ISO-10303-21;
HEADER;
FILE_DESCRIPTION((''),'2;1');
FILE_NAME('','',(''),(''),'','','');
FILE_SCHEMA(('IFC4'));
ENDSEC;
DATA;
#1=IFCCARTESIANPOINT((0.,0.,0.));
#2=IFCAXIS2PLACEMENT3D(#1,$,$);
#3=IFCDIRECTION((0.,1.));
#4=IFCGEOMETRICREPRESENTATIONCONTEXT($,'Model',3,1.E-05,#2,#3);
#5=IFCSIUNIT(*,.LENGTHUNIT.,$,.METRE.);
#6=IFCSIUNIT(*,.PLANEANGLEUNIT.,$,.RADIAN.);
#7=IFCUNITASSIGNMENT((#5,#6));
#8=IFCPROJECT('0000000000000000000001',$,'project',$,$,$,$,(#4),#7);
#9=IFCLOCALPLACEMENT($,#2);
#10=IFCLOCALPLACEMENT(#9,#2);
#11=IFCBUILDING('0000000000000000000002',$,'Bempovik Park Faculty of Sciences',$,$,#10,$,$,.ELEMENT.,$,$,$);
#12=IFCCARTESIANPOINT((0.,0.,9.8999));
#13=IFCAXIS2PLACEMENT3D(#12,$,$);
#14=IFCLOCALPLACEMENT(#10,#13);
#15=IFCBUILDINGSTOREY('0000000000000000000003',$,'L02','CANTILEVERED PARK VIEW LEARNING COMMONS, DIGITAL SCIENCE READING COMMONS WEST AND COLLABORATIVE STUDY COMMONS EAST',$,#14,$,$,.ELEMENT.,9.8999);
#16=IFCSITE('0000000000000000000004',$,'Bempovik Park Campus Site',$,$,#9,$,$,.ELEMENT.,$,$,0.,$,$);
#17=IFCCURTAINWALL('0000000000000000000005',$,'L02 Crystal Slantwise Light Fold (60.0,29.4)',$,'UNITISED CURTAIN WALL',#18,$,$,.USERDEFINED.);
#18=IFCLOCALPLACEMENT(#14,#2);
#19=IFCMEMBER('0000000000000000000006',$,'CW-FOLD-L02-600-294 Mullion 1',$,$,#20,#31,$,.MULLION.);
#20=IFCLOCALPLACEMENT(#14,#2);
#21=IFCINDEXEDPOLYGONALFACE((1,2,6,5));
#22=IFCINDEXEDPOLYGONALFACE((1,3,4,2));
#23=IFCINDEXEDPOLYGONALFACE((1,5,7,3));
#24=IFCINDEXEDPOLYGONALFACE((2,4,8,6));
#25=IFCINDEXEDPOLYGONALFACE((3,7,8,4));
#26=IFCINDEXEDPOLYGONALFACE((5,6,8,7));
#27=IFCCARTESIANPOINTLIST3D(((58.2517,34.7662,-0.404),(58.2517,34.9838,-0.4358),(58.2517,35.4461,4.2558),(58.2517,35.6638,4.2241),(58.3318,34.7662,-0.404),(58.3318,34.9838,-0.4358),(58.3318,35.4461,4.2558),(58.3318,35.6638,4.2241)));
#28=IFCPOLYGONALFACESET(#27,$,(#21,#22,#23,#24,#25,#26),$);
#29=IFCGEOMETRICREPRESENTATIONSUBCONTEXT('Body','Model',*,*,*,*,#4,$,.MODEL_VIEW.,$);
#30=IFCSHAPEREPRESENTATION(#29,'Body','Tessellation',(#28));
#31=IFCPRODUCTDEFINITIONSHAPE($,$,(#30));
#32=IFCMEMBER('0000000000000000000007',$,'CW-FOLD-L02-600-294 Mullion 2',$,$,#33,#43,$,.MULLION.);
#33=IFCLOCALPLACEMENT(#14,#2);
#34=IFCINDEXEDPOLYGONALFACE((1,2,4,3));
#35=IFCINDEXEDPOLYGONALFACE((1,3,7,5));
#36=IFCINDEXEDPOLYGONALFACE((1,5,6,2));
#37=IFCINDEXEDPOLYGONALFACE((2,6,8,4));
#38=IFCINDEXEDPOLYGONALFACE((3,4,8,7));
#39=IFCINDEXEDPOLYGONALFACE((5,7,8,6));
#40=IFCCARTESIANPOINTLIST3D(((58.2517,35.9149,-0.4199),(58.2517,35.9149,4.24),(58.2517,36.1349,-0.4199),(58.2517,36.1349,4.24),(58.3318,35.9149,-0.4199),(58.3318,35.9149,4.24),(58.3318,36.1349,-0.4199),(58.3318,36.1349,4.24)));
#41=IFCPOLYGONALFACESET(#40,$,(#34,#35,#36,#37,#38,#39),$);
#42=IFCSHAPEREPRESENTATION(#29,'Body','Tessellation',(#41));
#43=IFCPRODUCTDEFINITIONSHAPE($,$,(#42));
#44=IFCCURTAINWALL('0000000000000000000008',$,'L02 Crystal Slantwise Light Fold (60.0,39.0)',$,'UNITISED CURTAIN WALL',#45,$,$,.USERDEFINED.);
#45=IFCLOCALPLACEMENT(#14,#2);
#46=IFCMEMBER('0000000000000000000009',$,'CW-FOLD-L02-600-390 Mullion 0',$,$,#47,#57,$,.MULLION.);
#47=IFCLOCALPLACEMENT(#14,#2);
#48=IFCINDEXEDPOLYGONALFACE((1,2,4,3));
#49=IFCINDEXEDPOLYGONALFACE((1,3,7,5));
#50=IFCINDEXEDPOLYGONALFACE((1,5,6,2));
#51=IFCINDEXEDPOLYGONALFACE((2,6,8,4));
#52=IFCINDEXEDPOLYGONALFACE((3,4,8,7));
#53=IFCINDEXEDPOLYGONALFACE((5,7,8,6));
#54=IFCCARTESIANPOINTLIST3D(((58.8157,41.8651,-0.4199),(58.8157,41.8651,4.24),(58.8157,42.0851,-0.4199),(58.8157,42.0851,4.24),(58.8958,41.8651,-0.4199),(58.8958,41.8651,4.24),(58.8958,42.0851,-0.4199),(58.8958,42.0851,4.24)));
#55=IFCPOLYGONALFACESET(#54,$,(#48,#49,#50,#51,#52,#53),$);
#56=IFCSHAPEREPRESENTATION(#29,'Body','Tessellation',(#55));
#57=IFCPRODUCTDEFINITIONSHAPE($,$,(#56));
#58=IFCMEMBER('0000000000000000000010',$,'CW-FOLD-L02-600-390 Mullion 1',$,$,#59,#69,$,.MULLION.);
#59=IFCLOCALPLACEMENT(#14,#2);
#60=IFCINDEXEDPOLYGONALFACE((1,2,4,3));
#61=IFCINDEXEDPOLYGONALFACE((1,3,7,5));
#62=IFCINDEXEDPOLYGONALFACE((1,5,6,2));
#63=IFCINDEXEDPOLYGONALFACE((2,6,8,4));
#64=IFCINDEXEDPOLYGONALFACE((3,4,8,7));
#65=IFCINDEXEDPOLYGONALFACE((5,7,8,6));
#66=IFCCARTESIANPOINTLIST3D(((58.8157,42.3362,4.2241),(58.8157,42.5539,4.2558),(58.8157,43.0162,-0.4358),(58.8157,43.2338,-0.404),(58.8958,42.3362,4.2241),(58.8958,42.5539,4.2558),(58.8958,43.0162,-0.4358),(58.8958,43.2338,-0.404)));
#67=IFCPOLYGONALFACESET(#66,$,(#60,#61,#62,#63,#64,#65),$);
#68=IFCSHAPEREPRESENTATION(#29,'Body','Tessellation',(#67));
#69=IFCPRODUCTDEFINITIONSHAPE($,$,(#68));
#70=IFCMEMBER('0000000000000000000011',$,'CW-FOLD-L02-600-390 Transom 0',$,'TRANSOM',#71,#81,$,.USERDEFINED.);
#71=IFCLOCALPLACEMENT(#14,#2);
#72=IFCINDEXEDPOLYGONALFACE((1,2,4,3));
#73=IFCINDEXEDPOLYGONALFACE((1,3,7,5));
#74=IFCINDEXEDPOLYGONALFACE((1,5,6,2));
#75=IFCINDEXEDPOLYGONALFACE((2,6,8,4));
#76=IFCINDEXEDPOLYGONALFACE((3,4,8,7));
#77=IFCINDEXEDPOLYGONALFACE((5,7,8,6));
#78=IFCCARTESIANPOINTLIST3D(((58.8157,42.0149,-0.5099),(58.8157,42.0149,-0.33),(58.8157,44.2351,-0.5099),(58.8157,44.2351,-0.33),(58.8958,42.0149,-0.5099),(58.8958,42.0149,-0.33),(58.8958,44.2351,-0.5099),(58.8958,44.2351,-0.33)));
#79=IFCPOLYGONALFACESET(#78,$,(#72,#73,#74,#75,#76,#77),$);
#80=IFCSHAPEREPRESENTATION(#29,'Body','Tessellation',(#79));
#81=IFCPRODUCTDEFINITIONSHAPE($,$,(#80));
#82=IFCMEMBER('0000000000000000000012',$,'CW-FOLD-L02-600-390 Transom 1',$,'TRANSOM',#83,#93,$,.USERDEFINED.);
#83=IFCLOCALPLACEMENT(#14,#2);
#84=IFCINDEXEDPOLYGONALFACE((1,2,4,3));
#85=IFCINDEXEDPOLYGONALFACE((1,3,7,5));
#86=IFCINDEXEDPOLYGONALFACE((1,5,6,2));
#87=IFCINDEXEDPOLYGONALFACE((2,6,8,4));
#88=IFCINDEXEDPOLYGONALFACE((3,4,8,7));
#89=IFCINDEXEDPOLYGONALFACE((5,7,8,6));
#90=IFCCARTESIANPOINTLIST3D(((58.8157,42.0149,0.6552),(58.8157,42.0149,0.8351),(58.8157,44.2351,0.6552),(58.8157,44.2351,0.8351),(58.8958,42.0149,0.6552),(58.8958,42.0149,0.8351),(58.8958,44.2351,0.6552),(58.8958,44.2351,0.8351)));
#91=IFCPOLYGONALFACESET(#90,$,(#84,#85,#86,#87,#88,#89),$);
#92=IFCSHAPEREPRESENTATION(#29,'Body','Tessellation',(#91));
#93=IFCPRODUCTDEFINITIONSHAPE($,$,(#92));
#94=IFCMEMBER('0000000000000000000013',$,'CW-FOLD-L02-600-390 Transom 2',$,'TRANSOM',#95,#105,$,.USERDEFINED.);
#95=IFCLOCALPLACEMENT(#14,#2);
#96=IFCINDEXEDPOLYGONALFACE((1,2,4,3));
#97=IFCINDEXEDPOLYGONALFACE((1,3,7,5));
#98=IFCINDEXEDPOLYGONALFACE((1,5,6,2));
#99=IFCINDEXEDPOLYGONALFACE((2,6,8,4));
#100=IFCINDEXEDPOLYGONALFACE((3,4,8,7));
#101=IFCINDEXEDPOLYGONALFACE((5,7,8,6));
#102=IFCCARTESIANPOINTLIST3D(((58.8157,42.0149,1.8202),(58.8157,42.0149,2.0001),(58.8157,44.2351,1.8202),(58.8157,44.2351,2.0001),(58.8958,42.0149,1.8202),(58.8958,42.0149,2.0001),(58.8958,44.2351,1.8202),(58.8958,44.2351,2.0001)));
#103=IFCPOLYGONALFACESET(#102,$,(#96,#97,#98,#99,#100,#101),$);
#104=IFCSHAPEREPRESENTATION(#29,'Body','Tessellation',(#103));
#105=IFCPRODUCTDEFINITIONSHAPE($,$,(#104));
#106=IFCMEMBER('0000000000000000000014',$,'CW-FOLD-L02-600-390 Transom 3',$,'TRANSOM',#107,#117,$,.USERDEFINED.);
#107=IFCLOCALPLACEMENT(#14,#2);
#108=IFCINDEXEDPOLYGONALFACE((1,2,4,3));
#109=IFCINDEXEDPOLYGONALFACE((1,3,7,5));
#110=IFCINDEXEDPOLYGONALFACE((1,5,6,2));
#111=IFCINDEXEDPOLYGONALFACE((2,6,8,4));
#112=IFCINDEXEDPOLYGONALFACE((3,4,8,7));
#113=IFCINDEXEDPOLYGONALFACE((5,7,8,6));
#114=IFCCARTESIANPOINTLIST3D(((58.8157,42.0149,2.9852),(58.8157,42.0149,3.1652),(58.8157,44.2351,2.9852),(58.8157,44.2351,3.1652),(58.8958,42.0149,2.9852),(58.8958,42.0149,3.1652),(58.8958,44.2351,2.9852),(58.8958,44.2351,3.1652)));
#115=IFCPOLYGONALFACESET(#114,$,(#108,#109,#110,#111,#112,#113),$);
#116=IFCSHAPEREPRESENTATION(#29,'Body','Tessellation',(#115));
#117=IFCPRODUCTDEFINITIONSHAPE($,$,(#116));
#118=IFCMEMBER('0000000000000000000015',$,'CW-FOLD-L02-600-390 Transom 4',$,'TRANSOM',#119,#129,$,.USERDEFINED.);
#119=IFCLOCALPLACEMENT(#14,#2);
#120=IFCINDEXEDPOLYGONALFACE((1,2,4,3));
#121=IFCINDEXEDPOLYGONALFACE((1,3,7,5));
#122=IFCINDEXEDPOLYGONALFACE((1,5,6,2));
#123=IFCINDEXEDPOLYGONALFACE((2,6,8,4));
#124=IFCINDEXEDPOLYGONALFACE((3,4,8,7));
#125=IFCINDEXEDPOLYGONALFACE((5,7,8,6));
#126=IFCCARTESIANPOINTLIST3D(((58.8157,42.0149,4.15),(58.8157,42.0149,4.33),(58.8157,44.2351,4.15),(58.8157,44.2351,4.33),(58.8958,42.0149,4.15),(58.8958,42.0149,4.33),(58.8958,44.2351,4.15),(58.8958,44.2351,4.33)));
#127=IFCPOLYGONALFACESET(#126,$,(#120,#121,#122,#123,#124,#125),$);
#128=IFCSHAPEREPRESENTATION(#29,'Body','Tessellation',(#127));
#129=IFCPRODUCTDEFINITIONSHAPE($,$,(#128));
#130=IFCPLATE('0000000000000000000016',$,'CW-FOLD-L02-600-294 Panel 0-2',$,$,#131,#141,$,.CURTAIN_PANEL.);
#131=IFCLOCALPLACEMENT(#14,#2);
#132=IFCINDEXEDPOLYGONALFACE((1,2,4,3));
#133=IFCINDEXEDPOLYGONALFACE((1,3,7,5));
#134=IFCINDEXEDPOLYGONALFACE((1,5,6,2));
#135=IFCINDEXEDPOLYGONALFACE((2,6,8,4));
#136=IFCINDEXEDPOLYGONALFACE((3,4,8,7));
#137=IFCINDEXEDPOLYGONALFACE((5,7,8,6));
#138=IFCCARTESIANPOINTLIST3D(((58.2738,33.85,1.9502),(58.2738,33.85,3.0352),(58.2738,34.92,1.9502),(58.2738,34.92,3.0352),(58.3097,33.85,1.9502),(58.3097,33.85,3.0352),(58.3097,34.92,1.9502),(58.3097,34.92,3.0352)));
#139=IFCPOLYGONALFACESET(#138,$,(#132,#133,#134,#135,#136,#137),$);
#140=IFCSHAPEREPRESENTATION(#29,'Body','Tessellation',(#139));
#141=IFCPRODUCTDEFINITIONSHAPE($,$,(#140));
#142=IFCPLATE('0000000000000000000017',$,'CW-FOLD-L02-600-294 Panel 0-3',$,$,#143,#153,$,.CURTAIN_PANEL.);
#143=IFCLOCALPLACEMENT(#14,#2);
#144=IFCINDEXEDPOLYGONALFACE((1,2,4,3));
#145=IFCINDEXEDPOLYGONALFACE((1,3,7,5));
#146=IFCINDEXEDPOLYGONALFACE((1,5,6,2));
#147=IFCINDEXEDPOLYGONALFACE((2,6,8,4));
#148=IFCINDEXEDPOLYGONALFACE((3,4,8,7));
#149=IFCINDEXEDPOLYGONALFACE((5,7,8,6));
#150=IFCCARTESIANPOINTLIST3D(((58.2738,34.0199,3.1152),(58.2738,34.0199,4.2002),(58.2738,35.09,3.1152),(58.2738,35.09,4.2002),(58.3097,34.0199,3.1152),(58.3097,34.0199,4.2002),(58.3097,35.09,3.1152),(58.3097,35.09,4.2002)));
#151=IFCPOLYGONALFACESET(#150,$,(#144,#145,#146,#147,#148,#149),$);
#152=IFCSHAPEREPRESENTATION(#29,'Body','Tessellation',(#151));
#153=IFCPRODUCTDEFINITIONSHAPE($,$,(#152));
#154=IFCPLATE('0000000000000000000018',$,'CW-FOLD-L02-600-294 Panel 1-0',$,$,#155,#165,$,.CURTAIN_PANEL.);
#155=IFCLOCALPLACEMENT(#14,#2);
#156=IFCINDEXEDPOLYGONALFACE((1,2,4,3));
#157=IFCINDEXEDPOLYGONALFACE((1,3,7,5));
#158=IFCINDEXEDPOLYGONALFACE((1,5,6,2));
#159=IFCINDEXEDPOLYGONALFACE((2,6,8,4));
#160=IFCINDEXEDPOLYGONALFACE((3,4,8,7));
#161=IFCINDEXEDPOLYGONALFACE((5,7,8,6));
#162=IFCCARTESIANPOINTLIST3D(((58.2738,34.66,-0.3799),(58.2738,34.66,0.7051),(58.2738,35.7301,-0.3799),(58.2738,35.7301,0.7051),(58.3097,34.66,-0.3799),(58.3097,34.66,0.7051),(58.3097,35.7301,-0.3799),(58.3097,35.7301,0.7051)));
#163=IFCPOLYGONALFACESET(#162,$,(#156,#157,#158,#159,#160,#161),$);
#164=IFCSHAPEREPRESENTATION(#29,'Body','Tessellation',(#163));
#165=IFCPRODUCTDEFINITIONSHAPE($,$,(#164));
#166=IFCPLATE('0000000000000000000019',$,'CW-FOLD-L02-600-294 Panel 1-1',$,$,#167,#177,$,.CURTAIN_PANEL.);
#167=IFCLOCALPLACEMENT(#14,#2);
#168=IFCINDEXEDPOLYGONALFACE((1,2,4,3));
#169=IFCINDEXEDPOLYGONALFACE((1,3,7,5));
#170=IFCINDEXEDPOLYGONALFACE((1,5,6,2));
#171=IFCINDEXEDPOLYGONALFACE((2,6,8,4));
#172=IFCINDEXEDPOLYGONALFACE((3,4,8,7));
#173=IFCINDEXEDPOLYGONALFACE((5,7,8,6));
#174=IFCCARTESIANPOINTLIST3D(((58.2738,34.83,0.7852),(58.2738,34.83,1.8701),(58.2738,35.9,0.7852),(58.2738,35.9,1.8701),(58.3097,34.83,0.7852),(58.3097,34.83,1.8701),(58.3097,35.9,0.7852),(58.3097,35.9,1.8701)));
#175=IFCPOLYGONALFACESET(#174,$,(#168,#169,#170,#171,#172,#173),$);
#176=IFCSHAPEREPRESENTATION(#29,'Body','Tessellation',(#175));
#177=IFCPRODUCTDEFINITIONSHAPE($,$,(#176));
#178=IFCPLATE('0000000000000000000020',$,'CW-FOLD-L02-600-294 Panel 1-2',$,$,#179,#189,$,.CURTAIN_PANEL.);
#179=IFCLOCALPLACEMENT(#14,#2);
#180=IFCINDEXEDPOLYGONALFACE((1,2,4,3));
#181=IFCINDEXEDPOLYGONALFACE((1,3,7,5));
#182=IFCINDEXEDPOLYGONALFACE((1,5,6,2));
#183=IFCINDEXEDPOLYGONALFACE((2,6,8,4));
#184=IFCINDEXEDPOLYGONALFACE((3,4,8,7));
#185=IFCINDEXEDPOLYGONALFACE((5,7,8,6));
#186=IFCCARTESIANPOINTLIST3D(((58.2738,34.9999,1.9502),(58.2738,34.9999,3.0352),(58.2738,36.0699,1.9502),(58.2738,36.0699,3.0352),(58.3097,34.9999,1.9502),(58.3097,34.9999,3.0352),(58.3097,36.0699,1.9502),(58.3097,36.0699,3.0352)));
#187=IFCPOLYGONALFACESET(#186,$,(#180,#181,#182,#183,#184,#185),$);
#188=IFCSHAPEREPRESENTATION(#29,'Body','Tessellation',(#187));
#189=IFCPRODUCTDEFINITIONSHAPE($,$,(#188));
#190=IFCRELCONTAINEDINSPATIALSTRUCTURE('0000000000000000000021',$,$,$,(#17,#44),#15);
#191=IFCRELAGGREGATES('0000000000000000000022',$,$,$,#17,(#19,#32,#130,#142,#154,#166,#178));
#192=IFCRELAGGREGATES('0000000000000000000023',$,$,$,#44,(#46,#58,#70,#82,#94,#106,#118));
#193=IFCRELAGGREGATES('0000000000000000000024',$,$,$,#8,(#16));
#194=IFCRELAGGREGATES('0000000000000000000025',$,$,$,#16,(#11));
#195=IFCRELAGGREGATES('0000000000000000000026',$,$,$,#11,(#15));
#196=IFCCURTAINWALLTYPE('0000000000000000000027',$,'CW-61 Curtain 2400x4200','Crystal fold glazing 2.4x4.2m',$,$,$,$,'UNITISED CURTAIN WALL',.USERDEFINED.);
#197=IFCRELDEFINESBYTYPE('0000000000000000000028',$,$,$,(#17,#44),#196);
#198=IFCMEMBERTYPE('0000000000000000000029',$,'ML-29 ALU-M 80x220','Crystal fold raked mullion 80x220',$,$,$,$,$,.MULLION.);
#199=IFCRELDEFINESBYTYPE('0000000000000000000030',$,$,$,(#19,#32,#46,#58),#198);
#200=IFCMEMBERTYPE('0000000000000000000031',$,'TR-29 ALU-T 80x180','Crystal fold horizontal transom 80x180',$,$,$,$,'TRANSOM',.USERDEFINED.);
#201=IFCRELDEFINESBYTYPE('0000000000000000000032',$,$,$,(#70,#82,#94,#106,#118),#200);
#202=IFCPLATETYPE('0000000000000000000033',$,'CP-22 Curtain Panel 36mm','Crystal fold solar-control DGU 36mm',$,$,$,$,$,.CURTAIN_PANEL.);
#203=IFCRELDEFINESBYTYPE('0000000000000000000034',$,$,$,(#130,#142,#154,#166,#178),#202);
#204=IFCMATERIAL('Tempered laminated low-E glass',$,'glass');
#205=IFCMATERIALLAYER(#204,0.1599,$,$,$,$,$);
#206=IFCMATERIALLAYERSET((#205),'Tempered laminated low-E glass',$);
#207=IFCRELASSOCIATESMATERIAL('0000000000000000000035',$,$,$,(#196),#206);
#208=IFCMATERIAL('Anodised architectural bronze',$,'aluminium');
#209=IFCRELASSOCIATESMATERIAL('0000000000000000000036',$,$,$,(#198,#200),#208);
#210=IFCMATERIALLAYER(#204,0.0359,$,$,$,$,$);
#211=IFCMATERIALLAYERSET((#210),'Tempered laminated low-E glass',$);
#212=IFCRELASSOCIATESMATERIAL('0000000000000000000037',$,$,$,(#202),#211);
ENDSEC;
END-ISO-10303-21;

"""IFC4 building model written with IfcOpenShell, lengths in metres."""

from ifc_helpers import new_model, si_unit, direction, frame, origin, origin_2d, place, context, subcontext, project, spatial, rectangle, extrude, material, layer, layer_set, material_profile, profile_set, type_object, element, aggregate, save


model = new_model("IFC4")

# Units and contexts
model_context = context("Model", 3, precision=1e-05, world=origin(), true_north=direction((0.0, 1.0)))
body_context = subcontext(model_context, "Body", "Model", "MODEL_VIEW")
ifc_project = project(units=[si_unit("LENGTHUNIT", "METRE"), si_unit("PLANEANGLEUNIT", "RADIAN")], contexts=[model_context])

# Site, building, storey
site_placement = place(None, origin())
site = spatial("IfcSite", under=ifc_project, at=site_placement, Name="Bempovik Park Campus Site", CompositionType="ELEMENT", RefElevation=0.0)
building_placement = place(site_placement, origin())
building = spatial("IfcBuilding", under=site, at=building_placement, Name="Bempovik Park Faculty of Sciences", CompositionType="ELEMENT")
storey_placement = place(building_placement, frame((0.0, 0.0, 9.8999)))
storey = spatial("IfcBuildingStorey", under=building, at=storey_placement, Name="L02", Description="CANTILEVERED PARK VIEW LEARNING COMMONS, DIGITAL SCIENCE READING COMMONS WEST AND COLLABORATIVE STUDY COMMONS EAST", CompositionType="ELEMENT", Elevation=9.8999)

# Curtain walls, members
ifc_material_1 = material(Name="Tempered laminated low-E glass", Category="glass")
ifc_layer_1 = layer(ifc_material_1, 0.1599)
ifc_layer_set_1 = layer_set([ifc_layer_1], Name="Tempered laminated low-E glass")
curtain_wall_type = type_object("IfcCurtainWallType", Name="CW-61 Curtain 2400x4200", Description="Crystal fold glazing 2.4x4.2m", ElementType="UNITISED CURTAIN WALL", PredefinedType="USERDEFINED", material=ifc_layer_set_1)
curtain_wall_1_placement = place(storey_placement, origin())
curtain_wall_1 = element("IfcCurtainWall", 1, at=curtain_wall_1_placement, inside=storey, type_object=curtain_wall_type, Name="L02 Crystal Slantwise Light Fold (60.0,29.4)", ObjectType="UNITISED CURTAIN WALL", PredefinedType="USERDEFINED")
ifc_material_2 = material(Name="Anodised architectural bronze", Category="aluminium")
ifc_material_profile_1 = material_profile(ifc_material_2, rectangle(XDim=0.0801, YDim=0.22, at=origin_2d()), Name="ALU-M 80x220")
ifc_profile_set_1 = profile_set([ifc_material_profile_1], Name="Anodised architectural bronze")
member_type_1 = type_object("IfcMemberType", Name="ML-29 ALU-M 80x220", Description="Crystal fold raked mullion 80x220", PredefinedType="MULLION", material=ifc_profile_set_1)
member_1_placement = place(storey_placement, frame((58.2917, 34.875, -0.4199), z_axis=(0.0, 0.144382, 0.989522), x_axis=(-1.0, 0.0, 0.0)))
member_1 = element("IfcMember", 2, at=member_1_placement, type_object=member_type_1, Name="CW-FOLD-L02-600-294 Mullion 1", PredefinedType="MULLION", context=body_context, shape_type="SweptSolid", body=[
    extrude(rectangle(XDim=0.0801, YDim=0.22, at=origin_2d()), origin(), (0.0, 0.0, 1.0), 4.7092),
])
member_2_placement = place(storey_placement, frame((58.2917, 36.0249, -0.4199), z_axis=(0.0, 0.0, 1.0), x_axis=(1.0, 0.0, 0.0)))
member_2 = element("IfcMember", 3, at=member_2_placement, type_object=member_type_1, Name="CW-FOLD-L02-600-294 Mullion 2", PredefinedType="MULLION", context=body_context, shape_type="SweptSolid", body=[
    extrude(rectangle(XDim=0.0801, YDim=0.22, at=origin_2d()), origin(), (0.0, 0.0, 1.0), 4.6599),
])
curtain_wall_2_placement = place(storey_placement, origin())
curtain_wall_2 = element("IfcCurtainWall", 4, at=curtain_wall_2_placement, inside=storey, type_object=curtain_wall_type, Name="L02 Crystal Slantwise Light Fold (60.0,39.0)", ObjectType="UNITISED CURTAIN WALL", PredefinedType="USERDEFINED")
member_3_placement = place(storey_placement, frame((58.8557, 41.9751, -0.4199), z_axis=(0.0, 0.0, 1.0), x_axis=(1.0, 0.0, 0.0)))
member_3 = element("IfcMember", 5, at=member_3_placement, type_object=member_type_1, Name="CW-FOLD-L02-600-390 Mullion 0", PredefinedType="MULLION", context=body_context, shape_type="SweptSolid", body=[
    extrude(rectangle(XDim=0.0801, YDim=0.22, at=origin_2d()), origin(), (0.0, 0.0, 1.0), 4.6599),
])
member_4_placement = place(storey_placement, frame((58.8557, 43.125, -0.4199), z_axis=(0.0, -0.144382, 0.989522), x_axis=(1.0, 0.0, 0.0)))
member_4 = element("IfcMember", 6, at=member_4_placement, type_object=member_type_1, Name="CW-FOLD-L02-600-390 Mullion 1", PredefinedType="MULLION", context=body_context, shape_type="SweptSolid", body=[
    extrude(rectangle(XDim=0.0801, YDim=0.22, at=origin_2d()), origin(), (0.0, 0.0, 1.0), 4.7092),
])
ifc_material_profile_2 = material_profile(ifc_material_2, rectangle(XDim=0.0801, YDim=0.1799, at=origin_2d()), Name="ALU-T 80x180")
ifc_profile_set_2 = profile_set([ifc_material_profile_2], Name="Anodised architectural bronze")
member_type_2 = type_object("IfcMemberType", Name="TR-29 ALU-T 80x180", Description="Crystal fold horizontal transom 80x180", ElementType="TRANSOM", PredefinedType="USERDEFINED", material=ifc_profile_set_2)
member_5_placement = place(storey_placement, frame((58.8557, 42.0149, -0.4199), z_axis=(0.0, 1.0, 0.0), x_axis=(-1.0, 0.0, 0.0)))
member_5 = element("IfcMember", 7, at=member_5_placement, type_object=member_type_2, Name="CW-FOLD-L02-600-390 Transom 0", ObjectType="TRANSOM", PredefinedType="USERDEFINED", context=body_context, shape_type="SweptSolid", body=[
    extrude(rectangle(XDim=0.0801, YDim=0.1799, at=origin_2d()), origin(), (0.0, 0.0, 1.0), 2.2202),
])
member_6_placement = place(storey_placement, frame((58.8557, 42.0149, 0.7451), z_axis=(0.0, 1.0, 0.0), x_axis=(-1.0, 0.0, 0.0)))
member_6 = element("IfcMember", 8, at=member_6_placement, type_object=member_type_2, Name="CW-FOLD-L02-600-390 Transom 1", ObjectType="TRANSOM", PredefinedType="USERDEFINED", context=body_context, shape_type="SweptSolid", body=[
    extrude(rectangle(XDim=0.0801, YDim=0.1799, at=origin_2d()), origin(), (0.0, 0.0, 1.0), 2.2202),
])
member_7_placement = place(storey_placement, frame((58.8557, 42.0149, 1.9102), z_axis=(0.0, 1.0, 0.0), x_axis=(-1.0, 0.0, 0.0)))
member_7 = element("IfcMember", 9, at=member_7_placement, type_object=member_type_2, Name="CW-FOLD-L02-600-390 Transom 2", ObjectType="TRANSOM", PredefinedType="USERDEFINED", context=body_context, shape_type="SweptSolid", body=[
    extrude(rectangle(XDim=0.0801, YDim=0.1799, at=origin_2d()), origin(), (0.0, 0.0, 1.0), 2.2202),
])
member_8_placement = place(storey_placement, frame((58.8557, 42.0149, 3.0752), z_axis=(0.0, 1.0, 0.0), x_axis=(-1.0, 0.0, 0.0)))
member_8 = element("IfcMember", 10, at=member_8_placement, type_object=member_type_2, Name="CW-FOLD-L02-600-390 Transom 3", ObjectType="TRANSOM", PredefinedType="USERDEFINED", context=body_context, shape_type="SweptSolid", body=[
    extrude(rectangle(XDim=0.0801, YDim=0.1799, at=origin_2d()), origin(), (0.0, 0.0, 1.0), 2.2202),
])
member_9_placement = place(storey_placement, frame((58.8557, 42.0149, 4.24), z_axis=(0.0, 1.0, 0.0), x_axis=(-1.0, 0.0, 0.0)))
member_9 = element("IfcMember", 11, at=member_9_placement, type_object=member_type_2, Name="CW-FOLD-L02-600-390 Transom 4", ObjectType="TRANSOM", PredefinedType="USERDEFINED", context=body_context, shape_type="SweptSolid", body=[
    extrude(rectangle(XDim=0.0801, YDim=0.1799, at=origin_2d()), origin(), (0.0, 0.0, 1.0), 2.2202),
])

# Plates
ifc_layer_2 = layer(ifc_material_1, 0.0359)
ifc_layer_set_2 = layer_set([ifc_layer_2], Name="Tempered laminated low-E glass")
plate_type = type_object("IfcPlateType", Name="CP-22 Curtain Panel 36mm", Description="Crystal fold solar-control DGU 36mm", PredefinedType="CURTAIN_PANEL", material=ifc_layer_set_2)
plate_1_placement = place(storey_placement, frame((58.2917, 34.385, 1.9502), z_axis=(0.0, 0.0, 1.0), x_axis=(0.0, 1.0, 0.0)))
plate_1 = element("IfcPlate", 12, at=plate_1_placement, type_object=plate_type, Name="CW-FOLD-L02-600-294 Panel 0-2", PredefinedType="CURTAIN_PANEL", context=body_context, shape_type="SweptSolid", body=[
    extrude(rectangle(XDim=1.0701, YDim=0.0359, at=origin_2d()), origin(), (0.0, 0.0, 1.0), 1.085),
])
plate_2_placement = place(storey_placement, frame((58.2917, 34.5549, 3.1152), z_axis=(0.0, 0.0, 1.0), x_axis=(0.0, 1.0, 0.0)))
plate_2 = element("IfcPlate", 13, at=plate_2_placement, type_object=plate_type, Name="CW-FOLD-L02-600-294 Panel 0-3", PredefinedType="CURTAIN_PANEL", context=body_context, shape_type="SweptSolid", body=[
    extrude(rectangle(XDim=1.0701, YDim=0.0359, at=origin_2d()), origin(), (0.0, 0.0, 1.0), 1.085),
])
plate_3_placement = place(storey_placement, frame((58.2917, 35.1951, -0.3799), z_axis=(0.0, 0.0, 1.0), x_axis=(0.0, 1.0, 0.0)))
plate_3 = element("IfcPlate", 14, at=plate_3_placement, type_object=plate_type, Name="CW-FOLD-L02-600-294 Panel 1-0", PredefinedType="CURTAIN_PANEL", context=body_context, shape_type="SweptSolid", body=[
    extrude(rectangle(XDim=1.0701, YDim=0.0359, at=origin_2d()), origin(), (0.0, 0.0, 1.0), 1.085),
])
plate_4_placement = place(storey_placement, frame((58.2917, 35.365, 0.7852), z_axis=(0.0, 0.0, 1.0), x_axis=(0.0, 1.0, 0.0)))
plate_4 = element("IfcPlate", 15, at=plate_4_placement, type_object=plate_type, Name="CW-FOLD-L02-600-294 Panel 1-1", PredefinedType="CURTAIN_PANEL", context=body_context, shape_type="SweptSolid", body=[
    extrude(rectangle(XDim=1.0701, YDim=0.0359, at=origin_2d()), origin(), (0.0, 0.0, 1.0), 1.085),
])
plate_5_placement = place(storey_placement, frame((58.2917, 35.5349, 1.9502), z_axis=(0.0, 0.0, 1.0), x_axis=(0.0, 1.0, 0.0)))
plate_5 = element("IfcPlate", 16, at=plate_5_placement, type_object=plate_type, Name="CW-FOLD-L02-600-294 Panel 1-2", PredefinedType="CURTAIN_PANEL", context=body_context, shape_type="SweptSolid", body=[
    extrude(rectangle(XDim=1.0701, YDim=0.0359, at=origin_2d()), origin(), (0.0, 0.0, 1.0), 1.085),
])
aggregate(curtain_wall_1, [member_1, member_2, plate_1, plate_2, plate_3, plate_4, plate_5])
aggregate(curtain_wall_2, [member_3, member_4, member_5, member_6, member_7, member_8, member_9])

save(model, "model.ifc")
